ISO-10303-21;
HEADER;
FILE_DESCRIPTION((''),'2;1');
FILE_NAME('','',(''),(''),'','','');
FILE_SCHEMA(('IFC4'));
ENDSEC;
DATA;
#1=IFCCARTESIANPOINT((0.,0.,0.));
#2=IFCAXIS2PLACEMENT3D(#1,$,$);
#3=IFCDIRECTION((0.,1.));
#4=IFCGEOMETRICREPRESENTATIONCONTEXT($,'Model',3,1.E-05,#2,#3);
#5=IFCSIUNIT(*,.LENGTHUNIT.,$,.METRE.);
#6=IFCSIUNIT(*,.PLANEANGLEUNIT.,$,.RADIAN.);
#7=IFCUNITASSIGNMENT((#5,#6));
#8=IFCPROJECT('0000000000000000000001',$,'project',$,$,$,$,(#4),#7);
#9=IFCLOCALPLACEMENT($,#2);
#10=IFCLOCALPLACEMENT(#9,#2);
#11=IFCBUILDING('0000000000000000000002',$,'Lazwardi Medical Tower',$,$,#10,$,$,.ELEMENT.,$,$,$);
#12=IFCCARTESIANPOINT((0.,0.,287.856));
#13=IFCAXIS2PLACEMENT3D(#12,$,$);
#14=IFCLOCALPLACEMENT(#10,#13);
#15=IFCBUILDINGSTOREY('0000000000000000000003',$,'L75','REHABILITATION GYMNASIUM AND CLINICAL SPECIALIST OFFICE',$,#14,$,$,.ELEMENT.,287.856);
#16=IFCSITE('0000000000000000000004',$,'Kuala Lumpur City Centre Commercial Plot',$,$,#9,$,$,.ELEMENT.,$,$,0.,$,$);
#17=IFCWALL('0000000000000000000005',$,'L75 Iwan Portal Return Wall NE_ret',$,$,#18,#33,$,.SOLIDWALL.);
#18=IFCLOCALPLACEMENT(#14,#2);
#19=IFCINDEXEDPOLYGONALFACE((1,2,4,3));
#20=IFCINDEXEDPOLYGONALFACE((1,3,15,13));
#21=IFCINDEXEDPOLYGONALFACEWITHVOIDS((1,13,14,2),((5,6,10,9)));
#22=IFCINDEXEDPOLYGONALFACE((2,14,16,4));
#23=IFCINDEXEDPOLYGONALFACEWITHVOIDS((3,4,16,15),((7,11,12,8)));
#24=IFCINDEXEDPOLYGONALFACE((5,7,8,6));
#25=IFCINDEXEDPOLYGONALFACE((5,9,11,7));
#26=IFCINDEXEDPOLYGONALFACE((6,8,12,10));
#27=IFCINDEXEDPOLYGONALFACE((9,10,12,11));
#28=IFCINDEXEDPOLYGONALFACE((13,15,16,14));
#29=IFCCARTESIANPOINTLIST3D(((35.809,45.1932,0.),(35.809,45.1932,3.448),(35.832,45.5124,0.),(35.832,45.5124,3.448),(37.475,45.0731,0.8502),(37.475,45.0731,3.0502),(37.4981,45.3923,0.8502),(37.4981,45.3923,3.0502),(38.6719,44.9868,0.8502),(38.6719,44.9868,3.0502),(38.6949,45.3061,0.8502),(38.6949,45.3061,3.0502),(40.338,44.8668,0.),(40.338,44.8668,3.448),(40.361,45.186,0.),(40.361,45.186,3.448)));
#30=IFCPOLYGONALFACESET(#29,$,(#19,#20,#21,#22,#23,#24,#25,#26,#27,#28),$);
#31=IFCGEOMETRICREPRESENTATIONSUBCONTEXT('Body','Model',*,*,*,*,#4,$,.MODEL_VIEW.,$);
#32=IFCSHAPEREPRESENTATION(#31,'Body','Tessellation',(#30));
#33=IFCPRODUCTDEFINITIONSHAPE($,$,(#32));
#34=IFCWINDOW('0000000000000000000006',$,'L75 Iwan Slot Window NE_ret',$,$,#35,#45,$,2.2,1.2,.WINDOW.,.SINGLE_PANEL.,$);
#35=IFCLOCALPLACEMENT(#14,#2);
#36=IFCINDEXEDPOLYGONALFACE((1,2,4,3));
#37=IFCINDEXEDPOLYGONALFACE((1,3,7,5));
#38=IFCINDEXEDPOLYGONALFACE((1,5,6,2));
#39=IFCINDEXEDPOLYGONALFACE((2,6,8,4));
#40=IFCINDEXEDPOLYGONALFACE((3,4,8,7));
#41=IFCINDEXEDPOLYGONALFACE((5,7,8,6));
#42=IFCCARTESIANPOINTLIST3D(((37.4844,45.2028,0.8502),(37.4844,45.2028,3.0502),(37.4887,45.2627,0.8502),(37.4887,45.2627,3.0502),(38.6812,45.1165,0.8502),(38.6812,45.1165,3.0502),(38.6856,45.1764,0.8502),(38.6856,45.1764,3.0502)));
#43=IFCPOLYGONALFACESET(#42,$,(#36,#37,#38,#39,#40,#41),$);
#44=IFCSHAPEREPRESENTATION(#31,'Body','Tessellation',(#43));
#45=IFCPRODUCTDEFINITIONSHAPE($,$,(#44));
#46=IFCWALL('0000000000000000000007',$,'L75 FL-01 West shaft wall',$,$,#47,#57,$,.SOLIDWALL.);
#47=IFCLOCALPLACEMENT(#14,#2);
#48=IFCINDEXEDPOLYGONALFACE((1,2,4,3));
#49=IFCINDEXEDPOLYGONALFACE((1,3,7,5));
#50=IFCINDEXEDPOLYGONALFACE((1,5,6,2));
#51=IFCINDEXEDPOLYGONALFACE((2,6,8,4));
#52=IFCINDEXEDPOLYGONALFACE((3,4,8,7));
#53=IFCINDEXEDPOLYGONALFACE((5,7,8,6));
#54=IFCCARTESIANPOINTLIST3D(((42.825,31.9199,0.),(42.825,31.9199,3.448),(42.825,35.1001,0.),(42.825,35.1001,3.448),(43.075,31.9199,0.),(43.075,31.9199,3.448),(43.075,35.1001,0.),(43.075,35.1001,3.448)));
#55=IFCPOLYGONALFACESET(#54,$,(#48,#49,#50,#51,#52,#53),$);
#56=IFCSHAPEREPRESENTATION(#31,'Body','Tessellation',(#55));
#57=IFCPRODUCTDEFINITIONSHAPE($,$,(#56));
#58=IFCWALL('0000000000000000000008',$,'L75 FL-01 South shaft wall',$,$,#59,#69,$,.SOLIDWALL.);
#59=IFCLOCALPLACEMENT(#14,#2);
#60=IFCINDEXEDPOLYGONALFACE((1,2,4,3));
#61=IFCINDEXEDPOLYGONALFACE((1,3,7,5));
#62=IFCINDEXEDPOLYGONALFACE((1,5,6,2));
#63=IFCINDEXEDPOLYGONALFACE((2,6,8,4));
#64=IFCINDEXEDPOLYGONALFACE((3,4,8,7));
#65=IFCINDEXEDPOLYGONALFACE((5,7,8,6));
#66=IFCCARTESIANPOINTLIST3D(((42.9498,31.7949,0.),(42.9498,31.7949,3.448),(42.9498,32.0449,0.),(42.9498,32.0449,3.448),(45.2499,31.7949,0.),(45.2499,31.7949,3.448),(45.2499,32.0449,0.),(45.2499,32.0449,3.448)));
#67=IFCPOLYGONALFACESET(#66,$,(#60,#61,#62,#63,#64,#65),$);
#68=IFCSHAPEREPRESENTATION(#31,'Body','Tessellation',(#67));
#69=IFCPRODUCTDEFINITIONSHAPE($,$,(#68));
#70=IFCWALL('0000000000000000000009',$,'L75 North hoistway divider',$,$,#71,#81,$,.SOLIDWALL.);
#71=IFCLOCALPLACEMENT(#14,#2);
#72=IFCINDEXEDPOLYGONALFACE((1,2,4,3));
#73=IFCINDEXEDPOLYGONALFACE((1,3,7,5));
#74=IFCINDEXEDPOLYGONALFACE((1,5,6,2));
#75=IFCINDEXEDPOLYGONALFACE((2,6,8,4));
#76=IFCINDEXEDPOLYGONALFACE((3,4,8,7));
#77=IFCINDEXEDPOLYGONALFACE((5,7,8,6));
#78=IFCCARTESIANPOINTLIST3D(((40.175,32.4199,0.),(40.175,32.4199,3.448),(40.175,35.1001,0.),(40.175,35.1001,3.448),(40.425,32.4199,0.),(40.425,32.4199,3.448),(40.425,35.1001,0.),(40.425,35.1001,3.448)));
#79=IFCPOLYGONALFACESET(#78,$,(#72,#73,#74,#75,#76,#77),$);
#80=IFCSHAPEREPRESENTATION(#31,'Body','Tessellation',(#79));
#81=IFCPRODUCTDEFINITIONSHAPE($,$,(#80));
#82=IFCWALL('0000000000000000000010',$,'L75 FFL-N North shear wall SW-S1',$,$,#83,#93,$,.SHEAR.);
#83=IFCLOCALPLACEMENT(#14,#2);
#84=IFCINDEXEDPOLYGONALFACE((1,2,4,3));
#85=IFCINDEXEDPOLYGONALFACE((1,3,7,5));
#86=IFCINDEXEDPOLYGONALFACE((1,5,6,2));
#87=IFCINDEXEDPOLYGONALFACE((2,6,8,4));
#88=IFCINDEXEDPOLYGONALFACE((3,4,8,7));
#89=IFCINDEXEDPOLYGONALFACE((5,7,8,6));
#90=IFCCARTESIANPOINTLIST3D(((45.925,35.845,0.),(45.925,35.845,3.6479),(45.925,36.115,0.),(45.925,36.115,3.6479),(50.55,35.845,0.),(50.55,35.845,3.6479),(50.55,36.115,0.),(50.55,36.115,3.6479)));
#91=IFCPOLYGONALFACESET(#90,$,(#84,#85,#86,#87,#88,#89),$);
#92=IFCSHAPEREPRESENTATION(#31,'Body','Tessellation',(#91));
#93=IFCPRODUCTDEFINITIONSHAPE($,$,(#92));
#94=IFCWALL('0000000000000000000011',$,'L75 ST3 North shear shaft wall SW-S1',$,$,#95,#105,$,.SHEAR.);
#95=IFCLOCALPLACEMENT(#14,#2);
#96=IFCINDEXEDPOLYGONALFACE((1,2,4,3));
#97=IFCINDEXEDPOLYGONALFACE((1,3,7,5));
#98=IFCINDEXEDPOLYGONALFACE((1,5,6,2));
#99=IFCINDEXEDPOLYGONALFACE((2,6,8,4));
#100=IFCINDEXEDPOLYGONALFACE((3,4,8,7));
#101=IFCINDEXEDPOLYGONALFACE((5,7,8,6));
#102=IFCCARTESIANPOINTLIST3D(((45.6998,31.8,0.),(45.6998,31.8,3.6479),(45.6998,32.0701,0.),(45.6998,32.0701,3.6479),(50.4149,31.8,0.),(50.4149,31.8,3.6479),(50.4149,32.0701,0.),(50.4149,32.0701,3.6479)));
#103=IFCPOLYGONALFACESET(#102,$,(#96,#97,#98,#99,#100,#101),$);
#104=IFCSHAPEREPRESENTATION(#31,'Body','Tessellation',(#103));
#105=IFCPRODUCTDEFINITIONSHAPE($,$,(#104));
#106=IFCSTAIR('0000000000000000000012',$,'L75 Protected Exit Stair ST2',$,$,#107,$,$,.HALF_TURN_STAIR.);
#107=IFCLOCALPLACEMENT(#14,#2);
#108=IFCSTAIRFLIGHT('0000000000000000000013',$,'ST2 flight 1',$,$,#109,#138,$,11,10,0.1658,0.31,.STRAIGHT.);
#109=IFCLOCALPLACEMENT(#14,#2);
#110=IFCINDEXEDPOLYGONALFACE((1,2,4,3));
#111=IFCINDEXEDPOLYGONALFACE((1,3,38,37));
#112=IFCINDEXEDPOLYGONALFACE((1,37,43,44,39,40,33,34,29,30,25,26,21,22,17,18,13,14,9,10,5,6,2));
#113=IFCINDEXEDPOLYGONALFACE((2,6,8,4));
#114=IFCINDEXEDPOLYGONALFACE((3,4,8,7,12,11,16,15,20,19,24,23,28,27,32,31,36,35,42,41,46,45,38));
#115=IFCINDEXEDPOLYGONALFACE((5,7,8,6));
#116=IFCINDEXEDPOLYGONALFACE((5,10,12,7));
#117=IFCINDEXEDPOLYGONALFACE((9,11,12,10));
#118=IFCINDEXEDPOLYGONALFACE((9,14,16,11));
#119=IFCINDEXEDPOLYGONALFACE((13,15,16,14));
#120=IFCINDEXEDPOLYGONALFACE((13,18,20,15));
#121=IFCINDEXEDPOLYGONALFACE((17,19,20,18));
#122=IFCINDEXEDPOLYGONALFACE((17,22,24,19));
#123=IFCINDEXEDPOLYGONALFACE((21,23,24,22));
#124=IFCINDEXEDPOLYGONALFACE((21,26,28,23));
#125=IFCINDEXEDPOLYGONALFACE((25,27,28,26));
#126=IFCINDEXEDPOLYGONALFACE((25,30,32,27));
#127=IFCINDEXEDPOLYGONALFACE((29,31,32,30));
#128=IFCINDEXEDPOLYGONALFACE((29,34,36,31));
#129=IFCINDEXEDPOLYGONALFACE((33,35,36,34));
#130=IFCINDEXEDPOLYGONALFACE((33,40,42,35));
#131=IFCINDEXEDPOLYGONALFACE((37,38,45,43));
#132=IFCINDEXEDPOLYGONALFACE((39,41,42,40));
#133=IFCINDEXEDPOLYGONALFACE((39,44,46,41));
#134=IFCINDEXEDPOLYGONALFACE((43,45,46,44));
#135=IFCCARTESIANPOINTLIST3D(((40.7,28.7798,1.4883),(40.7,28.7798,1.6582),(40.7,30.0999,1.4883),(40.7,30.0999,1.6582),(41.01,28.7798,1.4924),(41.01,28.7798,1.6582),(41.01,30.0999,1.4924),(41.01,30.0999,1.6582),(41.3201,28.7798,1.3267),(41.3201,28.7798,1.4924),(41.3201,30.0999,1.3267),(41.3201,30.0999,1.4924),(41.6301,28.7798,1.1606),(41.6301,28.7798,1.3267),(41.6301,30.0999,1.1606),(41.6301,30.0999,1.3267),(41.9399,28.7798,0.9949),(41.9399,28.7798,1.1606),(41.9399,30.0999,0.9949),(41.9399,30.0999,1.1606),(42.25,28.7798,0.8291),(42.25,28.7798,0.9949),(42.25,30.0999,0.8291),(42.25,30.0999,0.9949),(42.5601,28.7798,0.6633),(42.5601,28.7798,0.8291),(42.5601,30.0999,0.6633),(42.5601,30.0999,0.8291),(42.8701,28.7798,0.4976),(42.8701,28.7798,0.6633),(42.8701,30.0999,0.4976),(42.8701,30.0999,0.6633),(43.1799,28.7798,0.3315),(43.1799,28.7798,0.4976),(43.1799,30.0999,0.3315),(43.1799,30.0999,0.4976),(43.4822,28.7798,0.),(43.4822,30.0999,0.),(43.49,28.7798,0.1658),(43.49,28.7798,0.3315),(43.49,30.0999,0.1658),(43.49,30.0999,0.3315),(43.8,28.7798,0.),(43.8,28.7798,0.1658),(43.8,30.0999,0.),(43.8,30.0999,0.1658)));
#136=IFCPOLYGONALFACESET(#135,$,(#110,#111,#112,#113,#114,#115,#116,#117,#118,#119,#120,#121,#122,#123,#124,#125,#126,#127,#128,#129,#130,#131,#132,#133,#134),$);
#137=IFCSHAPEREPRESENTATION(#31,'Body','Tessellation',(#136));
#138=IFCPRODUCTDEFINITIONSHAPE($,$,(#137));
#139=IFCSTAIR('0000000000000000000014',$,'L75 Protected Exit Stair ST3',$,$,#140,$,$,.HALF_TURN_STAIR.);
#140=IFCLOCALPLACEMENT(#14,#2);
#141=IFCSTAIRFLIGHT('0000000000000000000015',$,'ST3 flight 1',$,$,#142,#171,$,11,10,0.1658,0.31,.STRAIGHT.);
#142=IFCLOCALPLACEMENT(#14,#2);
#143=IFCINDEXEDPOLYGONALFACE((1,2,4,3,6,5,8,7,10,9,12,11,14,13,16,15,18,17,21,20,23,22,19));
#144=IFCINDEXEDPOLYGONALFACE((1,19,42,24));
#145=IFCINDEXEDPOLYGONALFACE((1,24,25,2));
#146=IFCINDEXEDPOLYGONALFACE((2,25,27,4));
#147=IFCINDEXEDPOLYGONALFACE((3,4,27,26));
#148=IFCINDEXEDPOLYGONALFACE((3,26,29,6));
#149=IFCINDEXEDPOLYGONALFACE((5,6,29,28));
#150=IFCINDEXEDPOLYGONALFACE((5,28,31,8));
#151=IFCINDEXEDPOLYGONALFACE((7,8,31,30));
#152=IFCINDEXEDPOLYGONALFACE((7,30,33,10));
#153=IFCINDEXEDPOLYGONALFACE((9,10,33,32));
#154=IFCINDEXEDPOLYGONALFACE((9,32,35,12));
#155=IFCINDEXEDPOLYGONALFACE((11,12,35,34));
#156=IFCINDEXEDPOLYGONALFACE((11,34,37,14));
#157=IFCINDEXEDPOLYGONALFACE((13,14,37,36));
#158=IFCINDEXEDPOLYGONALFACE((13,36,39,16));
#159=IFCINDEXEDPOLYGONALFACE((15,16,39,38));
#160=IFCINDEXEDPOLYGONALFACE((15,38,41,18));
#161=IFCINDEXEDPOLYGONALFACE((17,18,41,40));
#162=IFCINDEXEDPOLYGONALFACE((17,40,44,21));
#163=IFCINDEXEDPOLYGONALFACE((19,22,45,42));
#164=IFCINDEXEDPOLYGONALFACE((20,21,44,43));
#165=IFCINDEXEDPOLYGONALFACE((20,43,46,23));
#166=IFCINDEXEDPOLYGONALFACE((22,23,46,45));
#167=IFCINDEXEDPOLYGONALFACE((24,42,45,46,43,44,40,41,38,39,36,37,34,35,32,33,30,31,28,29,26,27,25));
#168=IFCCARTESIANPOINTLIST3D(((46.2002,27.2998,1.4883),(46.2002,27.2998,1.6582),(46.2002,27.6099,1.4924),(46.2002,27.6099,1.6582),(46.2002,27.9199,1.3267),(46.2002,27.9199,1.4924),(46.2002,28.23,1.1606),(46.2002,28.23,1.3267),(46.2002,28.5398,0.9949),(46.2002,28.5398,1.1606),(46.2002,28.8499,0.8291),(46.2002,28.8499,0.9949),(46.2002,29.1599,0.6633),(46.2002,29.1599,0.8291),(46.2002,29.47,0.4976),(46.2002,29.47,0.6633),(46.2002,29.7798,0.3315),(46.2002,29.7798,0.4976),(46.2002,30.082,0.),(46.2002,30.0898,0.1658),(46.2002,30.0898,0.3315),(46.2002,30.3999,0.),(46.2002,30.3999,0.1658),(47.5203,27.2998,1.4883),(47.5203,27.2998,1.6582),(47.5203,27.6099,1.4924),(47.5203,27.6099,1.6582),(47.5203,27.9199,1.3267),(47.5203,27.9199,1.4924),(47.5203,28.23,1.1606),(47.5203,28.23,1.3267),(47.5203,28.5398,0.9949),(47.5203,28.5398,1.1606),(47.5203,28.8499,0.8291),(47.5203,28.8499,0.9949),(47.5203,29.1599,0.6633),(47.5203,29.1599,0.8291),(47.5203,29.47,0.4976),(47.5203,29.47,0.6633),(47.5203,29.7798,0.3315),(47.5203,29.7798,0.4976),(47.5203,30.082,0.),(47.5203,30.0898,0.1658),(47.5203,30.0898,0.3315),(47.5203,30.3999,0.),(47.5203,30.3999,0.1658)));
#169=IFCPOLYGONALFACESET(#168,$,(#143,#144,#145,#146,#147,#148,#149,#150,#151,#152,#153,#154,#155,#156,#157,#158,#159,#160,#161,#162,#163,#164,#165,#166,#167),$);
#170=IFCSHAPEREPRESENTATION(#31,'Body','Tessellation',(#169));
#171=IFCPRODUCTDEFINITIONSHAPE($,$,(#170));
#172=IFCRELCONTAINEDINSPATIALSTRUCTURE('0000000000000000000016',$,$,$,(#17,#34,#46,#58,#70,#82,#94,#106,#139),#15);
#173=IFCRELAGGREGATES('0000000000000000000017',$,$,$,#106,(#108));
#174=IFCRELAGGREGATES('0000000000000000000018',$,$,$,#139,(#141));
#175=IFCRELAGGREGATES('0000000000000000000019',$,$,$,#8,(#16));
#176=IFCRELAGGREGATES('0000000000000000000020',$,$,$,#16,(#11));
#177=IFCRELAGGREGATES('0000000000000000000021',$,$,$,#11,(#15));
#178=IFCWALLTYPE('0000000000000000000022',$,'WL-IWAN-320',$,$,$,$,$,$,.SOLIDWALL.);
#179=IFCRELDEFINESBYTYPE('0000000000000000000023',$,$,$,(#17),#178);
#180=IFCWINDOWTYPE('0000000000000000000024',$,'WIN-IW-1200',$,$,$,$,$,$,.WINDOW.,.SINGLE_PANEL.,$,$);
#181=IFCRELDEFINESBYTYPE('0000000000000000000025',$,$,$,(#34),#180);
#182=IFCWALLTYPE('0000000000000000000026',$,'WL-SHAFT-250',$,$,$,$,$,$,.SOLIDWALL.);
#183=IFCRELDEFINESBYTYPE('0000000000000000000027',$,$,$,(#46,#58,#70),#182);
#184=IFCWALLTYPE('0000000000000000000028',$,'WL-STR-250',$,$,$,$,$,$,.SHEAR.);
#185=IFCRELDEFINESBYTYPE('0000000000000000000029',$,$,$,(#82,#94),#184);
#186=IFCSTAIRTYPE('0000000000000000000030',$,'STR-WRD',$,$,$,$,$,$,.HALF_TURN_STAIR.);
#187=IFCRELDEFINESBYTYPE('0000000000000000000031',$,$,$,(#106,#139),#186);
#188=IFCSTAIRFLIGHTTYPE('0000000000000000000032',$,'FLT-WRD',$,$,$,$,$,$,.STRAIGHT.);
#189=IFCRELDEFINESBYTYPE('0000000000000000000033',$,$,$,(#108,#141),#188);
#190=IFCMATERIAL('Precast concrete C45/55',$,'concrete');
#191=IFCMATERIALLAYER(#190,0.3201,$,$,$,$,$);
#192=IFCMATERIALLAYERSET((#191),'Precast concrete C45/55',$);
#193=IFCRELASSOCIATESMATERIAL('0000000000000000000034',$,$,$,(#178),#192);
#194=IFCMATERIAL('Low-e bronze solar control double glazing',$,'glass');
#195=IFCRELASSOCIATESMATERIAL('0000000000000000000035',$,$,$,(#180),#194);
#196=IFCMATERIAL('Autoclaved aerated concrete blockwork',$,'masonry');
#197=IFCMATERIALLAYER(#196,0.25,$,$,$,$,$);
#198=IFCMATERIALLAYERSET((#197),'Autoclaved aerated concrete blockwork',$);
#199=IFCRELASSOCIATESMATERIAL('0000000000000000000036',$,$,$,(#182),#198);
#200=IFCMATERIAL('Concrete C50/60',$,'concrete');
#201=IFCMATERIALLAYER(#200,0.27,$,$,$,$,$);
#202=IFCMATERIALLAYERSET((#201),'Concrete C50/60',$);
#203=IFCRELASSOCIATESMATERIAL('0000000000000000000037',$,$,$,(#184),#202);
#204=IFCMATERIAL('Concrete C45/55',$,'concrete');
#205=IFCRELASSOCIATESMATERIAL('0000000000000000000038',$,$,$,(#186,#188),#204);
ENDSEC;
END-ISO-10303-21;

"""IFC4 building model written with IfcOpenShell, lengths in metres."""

from ifc_helpers import new_model, si_unit, direction, frame, frame_2d, origin, place, context, subcontext, project, spatial, polyline, rectangle, outline, extrude, material, layer, layer_set, type_object, element, fill, aggregate, save


model = new_model("IFC4")

# Units and contexts
model_context = context("Model", 3, precision=1e-05, world=origin(), true_north=direction((0.0, 1.0)))
body_context = subcontext(model_context, "Body", "Model", "MODEL_VIEW")
ifc_project = project(units=[si_unit("LENGTHUNIT", "METRE"), si_unit("PLANEANGLEUNIT", "RADIAN")], contexts=[model_context])

# Site, building, storey
site_placement = place(None, origin())
site = spatial("IfcSite", under=ifc_project, at=site_placement, Name="Kuala Lumpur City Centre Commercial Plot", CompositionType="ELEMENT", RefElevation=0.0)
building_placement = place(site_placement, origin())
building = spatial("IfcBuilding", under=site, at=building_placement, Name="Lazwardi Medical Tower", CompositionType="ELEMENT")
storey_placement = place(building_placement, frame((0.0, 0.0, 287.856)))
storey = spatial("IfcBuildingStorey", under=building, at=storey_placement, Name="L75", Description="REHABILITATION GYMNASIUM AND CLINICAL SPECIALIST OFFICE", CompositionType="ELEMENT", Elevation=287.856)

# Shared definitions
ifc_material_1 = material(Name="Low-e bronze solar control double glazing", Category="glass")

# Wall, opening, window
ifc_material_2 = material(Name="Precast concrete C45/55", Category="concrete")
ifc_layer_1 = layer(ifc_material_2, 0.3201)
ifc_layer_set_1 = layer_set([ifc_layer_1], Name="Precast concrete C45/55")
wall_type_1 = type_object("IfcWallType", Name="WL-IWAN-320", PredefinedType="SOLIDWALL", material=ifc_layer_set_1)
wall_1_placement = place(storey_placement, frame((40.3496, 45.0264, 0.0), z_axis=(0.0, 0.0, 1.0), x_axis=(-0.997413, 0.071885, 0.0)))
wall_1 = element("IfcWall", 1, at=wall_1_placement, inside=storey, type_object=wall_type_1, Name="L75 Iwan Portal Return Wall NE_ret", PredefinedType="SOLIDWALL", context=body_context, shape_type="SweptSolid", body=[
    extrude(rectangle(XDim=4.5408, YDim=0.3201, at=frame_2d((2.2705, 0.0))), origin(), (0.0, 0.0, 1.0), 3.448),
])
opening_placement = place(wall_1_placement, frame((1.6704, 0.0, 0.8501)))
opening = element("IfcOpeningElement", 2, at=opening_placement, cuts=wall_1, PredefinedType="OPENING", context=body_context, shape_type="SweptSolid", body=[
    extrude(rectangle(XDim=1.2, YDim=2.2, at=frame_2d((0.6001, 1.1001))), frame((0.0, 0.1699, 0.0), z_axis=(0.0, -1.0, 0.0), x_axis=(1.0, 0.0, 0.0)), (0.0, 0.0, 1.0), 0.3401),
])
window_type = type_object("IfcWindowType", Name="WIN-IW-1200", PartitioningType="SINGLE_PANEL", PredefinedType="WINDOW", material=ifc_material_1)
window_placement = place(opening_placement, origin())
window = element("IfcWindow", 3, at=window_placement, inside=storey, type_object=window_type, Name="L75 Iwan Slot Window NE_ret", OverallHeight=2.2, OverallWidth=1.2, PartitioningType="SINGLE_PANEL", PredefinedType="WINDOW", context=body_context, shape_type="SweptSolid", body=[
    extrude(rectangle(XDim=1.2, YDim=2.2, at=frame_2d((0.6001, 1.1001))), frame((0.0, 0.03, 0.0), z_axis=(0.0, -1.0, 0.0), x_axis=(1.0, 0.0, 0.0)), (0.0, 0.0, 1.0), 0.0601),
])
fill(opening, window)

# Walls
ifc_material_3 = material(Name="Autoclaved aerated concrete blockwork", Category="masonry")
ifc_layer_2 = layer(ifc_material_3, 0.25)
ifc_layer_set_2 = layer_set([ifc_layer_2], Name="Autoclaved aerated concrete blockwork")
wall_type_2 = type_object("IfcWallType", Name="WL-SHAFT-250", PredefinedType="SOLIDWALL", material=ifc_layer_set_2)
wall_2_placement = place(storey_placement, frame((42.95, 31.9199, 0.0), z_axis=(0.0, 0.0, 1.0), x_axis=(0.0, 1.0, 0.0)))
element("IfcWall", 4, at=wall_2_placement, inside=storey, type_object=wall_type_2, Name="L75 FL-01 West shaft wall", PredefinedType="SOLIDWALL", context=body_context, shape_type="SweptSolid", body=[
    extrude(rectangle(XDim=3.1802, YDim=0.25, at=frame_2d((1.5901, 0.0))), origin(), (0.0, 0.0, 1.0), 3.448),
])
wall_3_placement = place(storey_placement, frame((42.95, 31.9199, 0.0), z_axis=(0.0, 0.0, 1.0), x_axis=(1.0, 0.0, 0.0)))
element("IfcWall", 5, at=wall_3_placement, inside=storey, type_object=wall_type_2, Name="L75 FL-01 South shaft wall", PredefinedType="SOLIDWALL", context=body_context, shape_type="SweptSolid", body=[
    extrude(rectangle(XDim=2.3, YDim=0.25, at=frame_2d((1.1499, 0.0))), origin(), (0.0, 0.0, 1.0), 3.448),
])
wall_4_placement = place(storey_placement, frame((40.3, 32.4199, 0.0), z_axis=(0.0, 0.0, 1.0), x_axis=(0.0, 1.0, 0.0)))
element("IfcWall", 6, at=wall_4_placement, inside=storey, type_object=wall_type_2, Name="L75 North hoistway divider", PredefinedType="SOLIDWALL", context=body_context, shape_type="SweptSolid", body=[
    extrude(rectangle(XDim=2.6802, YDim=0.25, at=frame_2d((1.3401, 0.0))), origin(), (0.0, 0.0, 1.0), 3.448),
])
ifc_material_4 = material(Name="Concrete C50/60", Category="concrete")
ifc_layer_3 = layer(ifc_material_4, 0.27)
ifc_layer_set_3 = layer_set([ifc_layer_3], Name="Concrete C50/60")
wall_type_3 = type_object("IfcWallType", Name="WL-STR-250", PredefinedType="SHEAR", material=ifc_layer_set_3)
wall_5_placement = place(storey_placement, frame((45.925, 35.98, 0.0), z_axis=(0.0, 0.0, 1.0), x_axis=(1.0, 0.0, 0.0)))
element("IfcWall", 7, at=wall_5_placement, inside=storey, type_object=wall_type_3, Name="L75 FFL-N North shear wall SW-S1", PredefinedType="SHEAR", context=body_context, shape_type="SweptSolid", body=[
    extrude(rectangle(XDim=4.625, YDim=0.27, at=frame_2d((2.3125, 0.0))), origin(), (0.0, 0.0, 1.0), 3.6479),
])
wall_6_placement = place(storey_placement, frame((45.7, 31.9351, 0.0), z_axis=(0.0, 0.0, 1.0), x_axis=(1.0, 0.0, 0.0)))
element("IfcWall", 8, at=wall_6_placement, inside=storey, type_object=wall_type_3, Name="L75 ST3 North shear shaft wall SW-S1", PredefinedType="SHEAR", context=body_context, shape_type="SweptSolid", body=[
    extrude(rectangle(XDim=4.7151, YDim=0.27, at=frame_2d((2.3574, 0.0))), origin(), (0.0, 0.0, 1.0), 3.6479),
])

# Stairs, stair flights
ifc_material_5 = material(Name="Concrete C45/55", Category="concrete")
stair_type = type_object("IfcStairType", Name="STR-WRD", PredefinedType="HALF_TURN_STAIR", material=ifc_material_5)
stair_1_placement = place(storey_placement, origin())
stair_1 = element("IfcStair", 9, at=stair_1_placement, inside=storey, type_object=stair_type, Name="L75 Protected Exit Stair ST2", PredefinedType="HALF_TURN_STAIR")
stair_flight_type = type_object("IfcStairFlightType", Name="FLT-WRD", PredefinedType="STRAIGHT", material=ifc_material_5)
stair_flight_1_placement = place(storey_placement, frame((43.8, 29.4399, 0.0), z_axis=(0.0, 0.0, 1.0), x_axis=(-1.0, 0.0, 0.0)))
stair_flight_1 = element("IfcStairFlight", 10, at=stair_flight_1_placement, type_object=stair_flight_type, Name="ST2 flight 1", NumberOfRisers=11, NumberOfTreads=10, PredefinedType="STRAIGHT", RiserHeight=0.1658, TreadLength=0.31, context=body_context, shape_type="SweptSolid", body=[
    extrude(outline(polyline([(0.0, 0.0), (0.0, 0.1658), (0.3101, 0.1658), (0.3101, 0.3315), (0.6201, 0.3315), (0.6201, 0.4976), (0.9299, 0.4976), (0.9299, 0.6633), (1.24, 0.6633), (1.24, 0.8291), (1.55, 0.8291), (1.55, 0.9949), (1.8601, 0.9949), (1.8601, 1.1606), (2.1699, 1.1606), (2.1699, 1.3267), (2.48, 1.3267), (2.48, 1.4924), (2.79, 1.4924), (2.79, 1.6582), (3.1001, 1.6582), (3.1001, 1.824), (3.1001, 1.4883), (0.3179, 0.0), (0.0, 0.0)])), frame((0.0, 0.6602, 0.0), z_axis=(0.0, -1.0, 0.0), x_axis=(1.0, 0.0, 0.0)), (0.0, 0.0, 1.0), 1.3201),
])
aggregate(stair_1, [stair_flight_1])
stair_2_placement = place(storey_placement, origin())
stair_2 = element("IfcStair", 11, at=stair_2_placement, inside=storey, type_object=stair_type, Name="L75 Protected Exit Stair ST3", PredefinedType="HALF_TURN_STAIR")
stair_flight_2_placement = place(storey_placement, frame((46.8601, 30.3999, 0.0), z_axis=(0.0, 0.0, 1.0), x_axis=(0.0, -1.0, 0.0)))
stair_flight_2 = element("IfcStairFlight", 12, at=stair_flight_2_placement, type_object=stair_flight_type, Name="ST3 flight 1", NumberOfRisers=11, NumberOfTreads=10, PredefinedType="STRAIGHT", RiserHeight=0.1658, TreadLength=0.31, context=body_context, shape_type="SweptSolid", body=[
    extrude(outline(polyline([(0.0, 0.0), (0.0, 0.1658), (0.3101, 0.1658), (0.3101, 0.3315), (0.6201, 0.3315), (0.6201, 0.4976), (0.9299, 0.4976), (0.9299, 0.6633), (1.24, 0.6633), (1.24, 0.8291), (1.55, 0.8291), (1.55, 0.9949), (1.8601, 0.9949), (1.8601, 1.1606), (2.1699, 1.1606), (2.1699, 1.3267), (2.48, 1.3267), (2.48, 1.4924), (2.79, 1.4924), (2.79, 1.6582), (3.1001, 1.6582), (3.1001, 1.824), (3.1001, 1.4883), (0.3179, 0.0), (0.0, 0.0)])), frame((0.0, 0.6602, 0.0), z_axis=(0.0, -1.0, 0.0), x_axis=(1.0, 0.0, 0.0)), (0.0, 0.0, 1.0), 1.3201),
])
aggregate(stair_2, [stair_flight_2])

save(model, "model.ifc")
